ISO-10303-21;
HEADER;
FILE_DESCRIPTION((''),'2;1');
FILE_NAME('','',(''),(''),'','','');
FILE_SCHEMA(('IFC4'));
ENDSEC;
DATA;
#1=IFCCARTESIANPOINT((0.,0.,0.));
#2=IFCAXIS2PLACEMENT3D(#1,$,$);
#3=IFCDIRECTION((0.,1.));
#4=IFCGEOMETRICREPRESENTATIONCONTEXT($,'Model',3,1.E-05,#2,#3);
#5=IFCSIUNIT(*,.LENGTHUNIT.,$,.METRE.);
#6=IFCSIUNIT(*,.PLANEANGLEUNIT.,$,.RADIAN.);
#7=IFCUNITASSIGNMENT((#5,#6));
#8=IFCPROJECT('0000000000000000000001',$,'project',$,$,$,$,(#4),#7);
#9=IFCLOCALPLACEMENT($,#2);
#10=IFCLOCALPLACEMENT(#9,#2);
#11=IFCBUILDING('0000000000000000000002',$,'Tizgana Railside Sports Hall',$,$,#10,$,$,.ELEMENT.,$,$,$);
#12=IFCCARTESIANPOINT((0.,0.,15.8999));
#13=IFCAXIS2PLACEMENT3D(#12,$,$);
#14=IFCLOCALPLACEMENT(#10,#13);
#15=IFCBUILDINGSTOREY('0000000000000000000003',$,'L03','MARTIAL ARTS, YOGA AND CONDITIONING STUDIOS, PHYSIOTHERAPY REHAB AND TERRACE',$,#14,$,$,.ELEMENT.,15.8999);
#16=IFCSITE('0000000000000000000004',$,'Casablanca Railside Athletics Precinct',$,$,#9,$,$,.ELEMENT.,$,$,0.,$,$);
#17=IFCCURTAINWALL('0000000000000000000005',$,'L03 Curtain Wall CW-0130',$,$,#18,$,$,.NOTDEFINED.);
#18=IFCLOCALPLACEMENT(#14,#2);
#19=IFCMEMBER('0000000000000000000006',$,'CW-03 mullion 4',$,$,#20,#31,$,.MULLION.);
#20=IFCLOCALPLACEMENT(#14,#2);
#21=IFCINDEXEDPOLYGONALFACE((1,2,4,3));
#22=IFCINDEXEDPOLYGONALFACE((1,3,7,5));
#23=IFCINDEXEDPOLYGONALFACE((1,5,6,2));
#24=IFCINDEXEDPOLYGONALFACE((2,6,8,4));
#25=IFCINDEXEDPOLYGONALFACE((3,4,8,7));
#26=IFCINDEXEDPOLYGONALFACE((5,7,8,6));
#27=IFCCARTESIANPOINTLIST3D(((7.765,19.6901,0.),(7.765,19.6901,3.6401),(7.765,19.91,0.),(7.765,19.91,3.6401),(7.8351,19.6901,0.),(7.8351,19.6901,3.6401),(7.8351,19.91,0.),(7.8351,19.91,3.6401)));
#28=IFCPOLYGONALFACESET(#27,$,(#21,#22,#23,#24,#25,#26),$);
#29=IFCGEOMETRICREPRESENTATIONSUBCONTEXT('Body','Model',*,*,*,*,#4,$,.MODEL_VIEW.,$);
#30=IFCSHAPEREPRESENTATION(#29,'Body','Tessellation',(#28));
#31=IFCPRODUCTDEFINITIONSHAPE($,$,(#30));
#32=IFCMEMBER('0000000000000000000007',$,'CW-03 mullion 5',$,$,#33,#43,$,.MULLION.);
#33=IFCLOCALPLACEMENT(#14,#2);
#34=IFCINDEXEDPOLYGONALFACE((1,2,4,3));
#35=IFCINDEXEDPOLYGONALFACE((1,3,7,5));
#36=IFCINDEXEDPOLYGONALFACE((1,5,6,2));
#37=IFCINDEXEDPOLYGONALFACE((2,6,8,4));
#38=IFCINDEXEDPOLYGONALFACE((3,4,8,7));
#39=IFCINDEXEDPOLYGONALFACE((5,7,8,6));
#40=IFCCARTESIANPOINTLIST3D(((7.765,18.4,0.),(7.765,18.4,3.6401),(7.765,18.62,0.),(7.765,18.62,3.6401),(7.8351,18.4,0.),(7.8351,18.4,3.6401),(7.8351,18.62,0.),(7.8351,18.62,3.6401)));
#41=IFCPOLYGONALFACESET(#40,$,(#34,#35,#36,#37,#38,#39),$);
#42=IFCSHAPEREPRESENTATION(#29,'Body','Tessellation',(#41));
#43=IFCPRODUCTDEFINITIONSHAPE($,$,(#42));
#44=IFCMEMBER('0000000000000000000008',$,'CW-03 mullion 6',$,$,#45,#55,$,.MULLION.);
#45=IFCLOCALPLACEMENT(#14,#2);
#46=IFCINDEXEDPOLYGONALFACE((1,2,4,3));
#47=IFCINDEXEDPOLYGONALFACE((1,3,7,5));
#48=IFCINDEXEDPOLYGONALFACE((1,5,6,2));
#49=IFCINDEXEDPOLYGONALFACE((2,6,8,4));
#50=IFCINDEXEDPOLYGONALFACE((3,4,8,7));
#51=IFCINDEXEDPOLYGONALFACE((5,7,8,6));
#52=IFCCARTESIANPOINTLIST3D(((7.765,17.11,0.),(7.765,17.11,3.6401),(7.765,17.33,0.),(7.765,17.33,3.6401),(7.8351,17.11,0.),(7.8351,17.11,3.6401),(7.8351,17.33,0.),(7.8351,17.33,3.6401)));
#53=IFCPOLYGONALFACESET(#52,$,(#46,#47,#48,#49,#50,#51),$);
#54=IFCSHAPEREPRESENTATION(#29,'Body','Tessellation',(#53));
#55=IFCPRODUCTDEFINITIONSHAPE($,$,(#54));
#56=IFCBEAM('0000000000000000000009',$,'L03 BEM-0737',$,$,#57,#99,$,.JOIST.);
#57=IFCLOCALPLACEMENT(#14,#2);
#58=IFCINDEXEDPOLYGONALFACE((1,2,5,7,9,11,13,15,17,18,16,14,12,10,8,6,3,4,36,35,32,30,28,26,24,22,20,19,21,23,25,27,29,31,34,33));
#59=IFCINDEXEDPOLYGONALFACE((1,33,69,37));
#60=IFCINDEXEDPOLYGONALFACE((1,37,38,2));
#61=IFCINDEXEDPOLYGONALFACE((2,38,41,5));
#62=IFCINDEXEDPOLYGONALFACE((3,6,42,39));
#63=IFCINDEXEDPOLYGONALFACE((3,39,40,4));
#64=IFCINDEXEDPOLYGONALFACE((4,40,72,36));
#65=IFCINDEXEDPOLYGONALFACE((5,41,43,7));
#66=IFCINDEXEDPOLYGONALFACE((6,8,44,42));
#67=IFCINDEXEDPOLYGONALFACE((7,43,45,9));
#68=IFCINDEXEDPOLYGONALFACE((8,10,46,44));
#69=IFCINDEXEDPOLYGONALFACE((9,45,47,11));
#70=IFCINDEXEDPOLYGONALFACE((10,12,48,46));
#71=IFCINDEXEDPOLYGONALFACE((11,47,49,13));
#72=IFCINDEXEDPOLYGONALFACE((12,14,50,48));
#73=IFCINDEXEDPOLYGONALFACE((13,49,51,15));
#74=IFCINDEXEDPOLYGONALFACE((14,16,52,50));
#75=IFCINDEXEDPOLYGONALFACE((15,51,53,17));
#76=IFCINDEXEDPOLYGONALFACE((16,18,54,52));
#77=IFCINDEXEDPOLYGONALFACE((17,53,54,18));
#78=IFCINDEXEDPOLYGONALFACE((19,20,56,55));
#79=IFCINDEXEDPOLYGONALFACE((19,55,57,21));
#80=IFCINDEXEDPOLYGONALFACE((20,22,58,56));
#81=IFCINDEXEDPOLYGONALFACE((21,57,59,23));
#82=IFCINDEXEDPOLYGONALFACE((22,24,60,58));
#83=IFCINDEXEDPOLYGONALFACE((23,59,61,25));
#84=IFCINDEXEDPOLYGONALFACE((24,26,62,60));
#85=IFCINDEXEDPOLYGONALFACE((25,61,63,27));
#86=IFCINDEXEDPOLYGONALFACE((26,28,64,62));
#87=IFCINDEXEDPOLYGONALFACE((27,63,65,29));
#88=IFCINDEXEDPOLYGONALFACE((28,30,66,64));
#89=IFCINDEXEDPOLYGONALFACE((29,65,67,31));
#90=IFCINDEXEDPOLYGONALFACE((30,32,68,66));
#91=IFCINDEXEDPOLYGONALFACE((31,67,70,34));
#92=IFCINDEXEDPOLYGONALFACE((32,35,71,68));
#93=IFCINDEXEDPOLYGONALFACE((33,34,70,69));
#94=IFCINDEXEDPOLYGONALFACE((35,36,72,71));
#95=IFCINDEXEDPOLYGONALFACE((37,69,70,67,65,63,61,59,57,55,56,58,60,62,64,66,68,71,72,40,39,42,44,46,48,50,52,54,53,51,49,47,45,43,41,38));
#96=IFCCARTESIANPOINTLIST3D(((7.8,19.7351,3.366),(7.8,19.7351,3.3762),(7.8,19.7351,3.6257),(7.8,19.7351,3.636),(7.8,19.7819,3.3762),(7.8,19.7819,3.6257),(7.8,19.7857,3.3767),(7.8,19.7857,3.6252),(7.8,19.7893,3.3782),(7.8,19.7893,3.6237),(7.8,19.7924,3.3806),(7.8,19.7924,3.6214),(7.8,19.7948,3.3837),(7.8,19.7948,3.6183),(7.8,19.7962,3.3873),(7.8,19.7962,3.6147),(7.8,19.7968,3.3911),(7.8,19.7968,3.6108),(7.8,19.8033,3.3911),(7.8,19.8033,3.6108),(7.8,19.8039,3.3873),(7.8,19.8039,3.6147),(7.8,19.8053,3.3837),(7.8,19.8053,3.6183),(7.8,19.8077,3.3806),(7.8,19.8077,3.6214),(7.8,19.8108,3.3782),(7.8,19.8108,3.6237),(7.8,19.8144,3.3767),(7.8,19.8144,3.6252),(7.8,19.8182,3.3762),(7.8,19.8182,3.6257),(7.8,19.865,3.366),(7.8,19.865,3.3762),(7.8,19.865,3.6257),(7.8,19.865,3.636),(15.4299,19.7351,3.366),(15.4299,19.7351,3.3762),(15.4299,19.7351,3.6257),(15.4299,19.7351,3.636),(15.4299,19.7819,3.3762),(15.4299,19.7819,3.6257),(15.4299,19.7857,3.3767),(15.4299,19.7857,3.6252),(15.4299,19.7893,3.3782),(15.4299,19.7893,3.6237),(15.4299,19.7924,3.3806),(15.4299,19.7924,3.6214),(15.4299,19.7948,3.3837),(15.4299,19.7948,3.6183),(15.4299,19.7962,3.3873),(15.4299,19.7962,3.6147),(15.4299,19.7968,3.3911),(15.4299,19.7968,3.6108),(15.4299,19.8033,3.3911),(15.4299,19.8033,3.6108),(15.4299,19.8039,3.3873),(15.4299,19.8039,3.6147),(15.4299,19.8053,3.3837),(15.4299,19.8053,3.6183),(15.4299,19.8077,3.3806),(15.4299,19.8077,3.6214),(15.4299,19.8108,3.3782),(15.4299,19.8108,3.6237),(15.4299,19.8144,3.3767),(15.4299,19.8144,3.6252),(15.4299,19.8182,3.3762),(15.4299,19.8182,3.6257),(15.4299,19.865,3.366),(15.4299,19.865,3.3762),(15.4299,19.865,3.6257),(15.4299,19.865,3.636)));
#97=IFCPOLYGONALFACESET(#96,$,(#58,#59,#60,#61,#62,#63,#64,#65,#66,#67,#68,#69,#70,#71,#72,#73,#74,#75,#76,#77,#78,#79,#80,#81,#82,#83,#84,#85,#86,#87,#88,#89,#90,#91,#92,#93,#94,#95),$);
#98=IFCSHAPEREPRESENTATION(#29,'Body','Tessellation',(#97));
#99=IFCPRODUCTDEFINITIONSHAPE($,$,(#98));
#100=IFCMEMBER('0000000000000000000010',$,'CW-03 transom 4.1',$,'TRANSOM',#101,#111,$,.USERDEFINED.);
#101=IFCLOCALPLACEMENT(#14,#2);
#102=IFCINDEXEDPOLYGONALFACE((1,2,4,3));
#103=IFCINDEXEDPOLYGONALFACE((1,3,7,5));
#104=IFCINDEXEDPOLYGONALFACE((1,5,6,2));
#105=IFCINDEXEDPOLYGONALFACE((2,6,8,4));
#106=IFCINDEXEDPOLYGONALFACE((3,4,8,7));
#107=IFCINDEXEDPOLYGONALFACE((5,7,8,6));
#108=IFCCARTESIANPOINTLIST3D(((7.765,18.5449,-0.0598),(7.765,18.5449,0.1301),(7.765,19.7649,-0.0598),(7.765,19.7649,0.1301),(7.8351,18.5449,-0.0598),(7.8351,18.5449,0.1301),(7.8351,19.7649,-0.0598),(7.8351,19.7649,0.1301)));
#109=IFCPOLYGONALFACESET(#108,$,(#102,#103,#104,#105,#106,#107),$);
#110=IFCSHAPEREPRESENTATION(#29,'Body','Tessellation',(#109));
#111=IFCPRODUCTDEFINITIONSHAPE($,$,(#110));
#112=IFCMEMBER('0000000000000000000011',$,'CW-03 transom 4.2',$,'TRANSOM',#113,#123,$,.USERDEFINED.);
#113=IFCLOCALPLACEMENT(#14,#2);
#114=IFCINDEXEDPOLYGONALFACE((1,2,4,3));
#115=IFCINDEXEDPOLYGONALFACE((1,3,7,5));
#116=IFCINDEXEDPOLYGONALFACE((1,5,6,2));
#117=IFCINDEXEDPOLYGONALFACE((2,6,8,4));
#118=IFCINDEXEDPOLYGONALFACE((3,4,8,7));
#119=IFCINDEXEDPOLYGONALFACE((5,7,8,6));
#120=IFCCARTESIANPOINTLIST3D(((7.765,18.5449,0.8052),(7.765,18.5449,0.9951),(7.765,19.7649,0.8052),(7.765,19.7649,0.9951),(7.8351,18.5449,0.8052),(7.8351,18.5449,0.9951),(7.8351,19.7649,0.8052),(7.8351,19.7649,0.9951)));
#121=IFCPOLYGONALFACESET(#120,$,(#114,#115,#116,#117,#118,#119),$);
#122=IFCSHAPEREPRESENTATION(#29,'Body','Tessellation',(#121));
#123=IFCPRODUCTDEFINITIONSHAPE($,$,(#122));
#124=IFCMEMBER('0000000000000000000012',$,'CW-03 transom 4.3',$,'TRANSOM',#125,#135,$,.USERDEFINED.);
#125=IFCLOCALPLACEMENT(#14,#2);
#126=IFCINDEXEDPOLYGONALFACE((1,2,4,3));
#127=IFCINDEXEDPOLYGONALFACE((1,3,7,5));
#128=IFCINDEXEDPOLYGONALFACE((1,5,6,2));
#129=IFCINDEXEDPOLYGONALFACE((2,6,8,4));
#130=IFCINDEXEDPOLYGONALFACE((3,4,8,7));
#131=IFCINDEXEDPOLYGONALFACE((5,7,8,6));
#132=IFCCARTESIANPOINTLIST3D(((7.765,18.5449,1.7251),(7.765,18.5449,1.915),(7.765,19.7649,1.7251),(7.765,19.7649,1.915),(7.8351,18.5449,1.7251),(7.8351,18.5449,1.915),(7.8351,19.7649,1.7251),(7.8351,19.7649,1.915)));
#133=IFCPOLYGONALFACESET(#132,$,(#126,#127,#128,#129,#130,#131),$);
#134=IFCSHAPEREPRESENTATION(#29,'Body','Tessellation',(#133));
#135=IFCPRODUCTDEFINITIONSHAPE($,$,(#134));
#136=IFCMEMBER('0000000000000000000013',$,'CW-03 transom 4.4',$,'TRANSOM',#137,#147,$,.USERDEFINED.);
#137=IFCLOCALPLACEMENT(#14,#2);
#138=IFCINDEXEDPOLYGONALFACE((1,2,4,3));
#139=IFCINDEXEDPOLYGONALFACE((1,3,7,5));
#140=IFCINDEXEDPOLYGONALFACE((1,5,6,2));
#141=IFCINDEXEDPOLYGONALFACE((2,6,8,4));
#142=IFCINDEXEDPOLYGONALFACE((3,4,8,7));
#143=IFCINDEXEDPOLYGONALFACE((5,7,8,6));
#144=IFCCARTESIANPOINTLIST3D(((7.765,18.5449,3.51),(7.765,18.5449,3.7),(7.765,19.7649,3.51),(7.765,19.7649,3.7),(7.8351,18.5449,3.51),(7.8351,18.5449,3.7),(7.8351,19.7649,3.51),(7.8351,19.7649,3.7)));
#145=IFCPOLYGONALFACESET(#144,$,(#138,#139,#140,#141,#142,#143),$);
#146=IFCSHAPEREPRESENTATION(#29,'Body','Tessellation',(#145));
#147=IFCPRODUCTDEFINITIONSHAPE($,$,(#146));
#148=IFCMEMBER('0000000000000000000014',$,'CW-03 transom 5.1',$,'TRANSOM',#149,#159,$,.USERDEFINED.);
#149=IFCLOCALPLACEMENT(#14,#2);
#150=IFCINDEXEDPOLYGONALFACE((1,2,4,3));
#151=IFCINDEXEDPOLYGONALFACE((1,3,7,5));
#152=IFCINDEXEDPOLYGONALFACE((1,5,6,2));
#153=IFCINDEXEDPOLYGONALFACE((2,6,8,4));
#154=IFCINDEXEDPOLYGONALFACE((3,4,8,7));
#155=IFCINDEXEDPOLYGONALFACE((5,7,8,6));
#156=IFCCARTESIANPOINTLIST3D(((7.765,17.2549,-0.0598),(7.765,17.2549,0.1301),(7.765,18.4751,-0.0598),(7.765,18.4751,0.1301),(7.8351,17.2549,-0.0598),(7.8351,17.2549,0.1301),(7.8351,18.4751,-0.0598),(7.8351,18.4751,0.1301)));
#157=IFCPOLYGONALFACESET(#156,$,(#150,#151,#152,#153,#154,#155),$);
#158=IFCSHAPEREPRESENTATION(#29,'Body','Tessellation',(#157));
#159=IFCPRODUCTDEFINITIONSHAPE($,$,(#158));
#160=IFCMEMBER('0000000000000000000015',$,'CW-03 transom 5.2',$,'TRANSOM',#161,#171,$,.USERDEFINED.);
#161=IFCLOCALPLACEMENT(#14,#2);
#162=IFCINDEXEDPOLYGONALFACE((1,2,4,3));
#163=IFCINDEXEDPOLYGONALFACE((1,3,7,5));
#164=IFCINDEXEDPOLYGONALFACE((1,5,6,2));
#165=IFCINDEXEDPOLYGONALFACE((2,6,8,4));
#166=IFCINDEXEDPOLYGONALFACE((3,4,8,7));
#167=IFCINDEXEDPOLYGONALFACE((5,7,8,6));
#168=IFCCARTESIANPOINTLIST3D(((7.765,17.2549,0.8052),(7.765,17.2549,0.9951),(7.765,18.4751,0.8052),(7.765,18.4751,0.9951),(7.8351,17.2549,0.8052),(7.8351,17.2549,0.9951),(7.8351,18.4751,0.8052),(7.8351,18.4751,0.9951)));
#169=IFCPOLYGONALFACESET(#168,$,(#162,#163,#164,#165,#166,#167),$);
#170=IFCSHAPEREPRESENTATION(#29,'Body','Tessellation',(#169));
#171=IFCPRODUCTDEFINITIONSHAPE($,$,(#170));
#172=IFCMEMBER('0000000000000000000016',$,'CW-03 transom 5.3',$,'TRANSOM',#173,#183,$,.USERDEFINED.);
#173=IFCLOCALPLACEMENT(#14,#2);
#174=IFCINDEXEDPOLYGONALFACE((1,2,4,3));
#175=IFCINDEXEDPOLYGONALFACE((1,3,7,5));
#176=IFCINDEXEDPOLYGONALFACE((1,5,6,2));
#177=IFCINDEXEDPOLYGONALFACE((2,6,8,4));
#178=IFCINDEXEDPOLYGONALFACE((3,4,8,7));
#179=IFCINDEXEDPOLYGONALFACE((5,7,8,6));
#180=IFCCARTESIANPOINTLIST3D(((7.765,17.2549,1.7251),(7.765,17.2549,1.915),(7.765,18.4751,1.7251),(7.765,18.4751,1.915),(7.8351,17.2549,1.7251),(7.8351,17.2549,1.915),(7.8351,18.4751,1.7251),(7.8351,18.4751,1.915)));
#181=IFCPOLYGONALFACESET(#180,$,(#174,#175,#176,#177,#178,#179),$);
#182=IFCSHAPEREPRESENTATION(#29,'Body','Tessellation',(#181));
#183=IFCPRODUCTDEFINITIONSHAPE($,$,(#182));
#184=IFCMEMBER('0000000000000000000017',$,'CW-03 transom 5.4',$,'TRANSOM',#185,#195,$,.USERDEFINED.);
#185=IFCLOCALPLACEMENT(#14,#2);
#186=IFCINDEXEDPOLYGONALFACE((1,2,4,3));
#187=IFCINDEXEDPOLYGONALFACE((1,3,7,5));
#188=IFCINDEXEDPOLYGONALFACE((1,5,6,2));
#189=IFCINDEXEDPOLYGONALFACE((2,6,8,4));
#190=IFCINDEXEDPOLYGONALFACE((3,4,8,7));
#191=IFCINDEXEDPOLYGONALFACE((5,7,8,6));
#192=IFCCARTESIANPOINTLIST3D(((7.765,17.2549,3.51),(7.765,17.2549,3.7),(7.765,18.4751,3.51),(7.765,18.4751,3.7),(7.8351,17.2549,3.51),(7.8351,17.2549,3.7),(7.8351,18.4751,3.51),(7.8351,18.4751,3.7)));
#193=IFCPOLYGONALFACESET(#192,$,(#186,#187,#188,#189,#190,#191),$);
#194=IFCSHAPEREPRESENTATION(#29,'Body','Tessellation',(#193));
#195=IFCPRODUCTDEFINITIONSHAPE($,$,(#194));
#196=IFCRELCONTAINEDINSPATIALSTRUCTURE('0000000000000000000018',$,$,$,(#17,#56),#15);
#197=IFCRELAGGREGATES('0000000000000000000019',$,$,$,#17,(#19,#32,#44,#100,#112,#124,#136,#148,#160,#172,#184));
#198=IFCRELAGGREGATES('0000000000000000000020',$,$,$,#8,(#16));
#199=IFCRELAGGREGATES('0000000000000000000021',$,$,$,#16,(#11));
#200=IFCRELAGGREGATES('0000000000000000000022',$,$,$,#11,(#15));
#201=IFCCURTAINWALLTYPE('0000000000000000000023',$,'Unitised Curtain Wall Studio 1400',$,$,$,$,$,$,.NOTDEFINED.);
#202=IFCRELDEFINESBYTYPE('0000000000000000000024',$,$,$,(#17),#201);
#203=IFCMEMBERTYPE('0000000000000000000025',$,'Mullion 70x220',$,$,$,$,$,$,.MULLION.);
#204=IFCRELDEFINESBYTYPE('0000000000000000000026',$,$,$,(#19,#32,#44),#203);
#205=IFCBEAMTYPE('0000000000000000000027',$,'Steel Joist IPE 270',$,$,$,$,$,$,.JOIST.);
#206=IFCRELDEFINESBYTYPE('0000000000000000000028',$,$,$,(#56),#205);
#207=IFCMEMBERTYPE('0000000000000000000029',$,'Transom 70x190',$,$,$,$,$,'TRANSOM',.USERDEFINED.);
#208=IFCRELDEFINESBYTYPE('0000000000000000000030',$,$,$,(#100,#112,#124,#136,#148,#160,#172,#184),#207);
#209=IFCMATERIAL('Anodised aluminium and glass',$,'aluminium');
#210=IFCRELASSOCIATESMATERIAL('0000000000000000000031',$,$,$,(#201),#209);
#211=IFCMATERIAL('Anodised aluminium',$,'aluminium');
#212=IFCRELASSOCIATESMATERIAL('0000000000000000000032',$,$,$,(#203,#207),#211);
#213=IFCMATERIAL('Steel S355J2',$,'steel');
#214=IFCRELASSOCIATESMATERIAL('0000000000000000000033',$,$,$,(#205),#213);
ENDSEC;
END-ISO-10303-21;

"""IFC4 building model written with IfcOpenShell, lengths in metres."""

from ifc_helpers import new_model, si_unit, direction, frame, origin, origin_2d, place, context, subcontext, project, spatial, rectangle, i_section, extrude, material, material_profile, profile_set, type_object, element, aggregate, save


model = new_model("IFC4")

# Units and contexts
model_context = context("Model", 3, precision=1e-05, world=origin(), true_north=direction((0.0, 1.0)))
body_context = subcontext(model_context, "Body", "Model", "MODEL_VIEW")
ifc_project = project(units=[si_unit("LENGTHUNIT", "METRE"), si_unit("PLANEANGLEUNIT", "RADIAN")], contexts=[model_context])

# Site, building, storey
site_placement = place(None, origin())
site = spatial("IfcSite", under=ifc_project, at=site_placement, Name="Casablanca Railside Athletics Precinct", CompositionType="ELEMENT", RefElevation=0.0)
building_placement = place(site_placement, origin())
building = spatial("IfcBuilding", under=site, at=building_placement, Name="Tizgana Railside Sports Hall", CompositionType="ELEMENT")
storey_placement = place(building_placement, frame((0.0, 0.0, 15.8999)))
storey = spatial("IfcBuildingStorey", under=building, at=storey_placement, Name="L03", Description="MARTIAL ARTS, YOGA AND CONDITIONING STUDIOS, PHYSIOTHERAPY REHAB AND TERRACE", CompositionType="ELEMENT", Elevation=15.8999)

# Curtain wall, members
ifc_material_1 = material(Name="Anodised aluminium and glass", Category="aluminium")
curtain_wall_type = type_object("IfcCurtainWallType", Name="Unitised Curtain Wall Studio 1400", PredefinedType="NOTDEFINED", material=ifc_material_1)
curtain_wall_placement = place(storey_placement, origin())
curtain_wall = element("IfcCurtainWall", 1, at=curtain_wall_placement, inside=storey, type_object=curtain_wall_type, Name="L03 Curtain Wall CW-0130", PredefinedType="NOTDEFINED")
ifc_material_2 = material(Name="Anodised aluminium", Category="aluminium")
ifc_material_profile_1 = material_profile(ifc_material_2, rectangle(XDim=0.0701, YDim=0.22, at=origin_2d()), Name="Mullion 70x220")
ifc_profile_set_1 = profile_set([ifc_material_profile_1], Name="Anodised aluminium")
member_type_1 = type_object("IfcMemberType", Name="Mullion 70x220", PredefinedType="MULLION", material=ifc_profile_set_1)
member_1_placement = place(storey_placement, frame((7.8, 19.8, 0.0), z_axis=(0.0, 0.0, 1.0), x_axis=(1.0, 0.0, 0.0)))
member_1 = element("IfcMember", 2, at=member_1_placement, type_object=member_type_1, Name="CW-03 mullion 4", PredefinedType="MULLION", context=body_context, shape_type="SweptSolid", body=[
    extrude(rectangle(XDim=0.0701, YDim=0.22, at=origin_2d()), origin(), (0.0, 0.0, 1.0), 3.6401),
])
member_2_placement = place(storey_placement, frame((7.8, 18.51, 0.0), z_axis=(0.0, 0.0, 1.0), x_axis=(1.0, 0.0, 0.0)))
member_2 = element("IfcMember", 3, at=member_2_placement, type_object=member_type_1, Name="CW-03 mullion 5", PredefinedType="MULLION", context=body_context, shape_type="SweptSolid", body=[
    extrude(rectangle(XDim=0.0701, YDim=0.22, at=origin_2d()), origin(), (0.0, 0.0, 1.0), 3.6401),
])
member_3_placement = place(storey_placement, frame((7.8, 17.22, 0.0), z_axis=(0.0, 0.0, 1.0), x_axis=(1.0, 0.0, 0.0)))
member_3 = element("IfcMember", 4, at=member_3_placement, type_object=member_type_1, Name="CW-03 mullion 6", PredefinedType="MULLION", context=body_context, shape_type="SweptSolid", body=[
    extrude(rectangle(XDim=0.0701, YDim=0.22, at=origin_2d()), origin(), (0.0, 0.0, 1.0), 3.6401),
])

# Beam
ifc_material_3 = material(Name="Steel S355J2", Category="steel")
ifc_material_profile_2 = material_profile(ifc_material_3, i_section(OverallWidth=0.1299, OverallDepth=0.27, WebThickness=0.0066, FlangeThickness=0.0103, FilletRadius=0.0149, at=origin_2d()), Name="IPE 270")
ifc_profile_set_2 = profile_set([ifc_material_profile_2], Name="Steel S355J2")
beam_type = type_object("IfcBeamType", Name="Steel Joist IPE 270", PredefinedType="JOIST", material=ifc_profile_set_2)
beam_placement = place(storey_placement, frame((7.8, 19.8, 3.501), z_axis=(1.0, 0.0, 0.0), x_axis=(0.0, 1.0, 0.0)))
element("IfcBeam", 5, at=beam_placement, inside=storey, type_object=beam_type, Name="L03 BEM-0737", PredefinedType="JOIST", context=body_context, shape_type="SweptSolid", body=[
    extrude(i_section(OverallWidth=0.1299, OverallDepth=0.27, WebThickness=0.0066, FlangeThickness=0.0103, FilletRadius=0.0149, at=origin_2d()), origin(), (0.0, 0.0, 1.0), 7.6299),
])

# Members
ifc_material_profile_3 = material_profile(ifc_material_2, rectangle(XDim=0.0701, YDim=0.1899, at=origin_2d()), Name="Transom 70x190")
ifc_profile_set_3 = profile_set([ifc_material_profile_3], Name="Anodised aluminium")
member_type_2 = type_object("IfcMemberType", Name="Transom 70x190", ElementType="TRANSOM", PredefinedType="USERDEFINED", material=ifc_profile_set_3)
member_4_placement = place(storey_placement, frame((7.8, 19.7649, 0.0352), z_axis=(0.0, -1.0, 0.0), x_axis=(1.0, 0.0, 0.0)))
member_4 = element("IfcMember", 6, at=member_4_placement, type_object=member_type_2, Name="CW-03 transom 4.1", ObjectType="TRANSOM", PredefinedType="USERDEFINED", context=body_context, shape_type="SweptSolid", body=[
    extrude(rectangle(XDim=0.0701, YDim=0.1899, at=origin_2d()), origin(), (0.0, 0.0, 1.0), 1.22),
])
member_5_placement = place(storey_placement, frame((7.8, 19.7649, 0.9001), z_axis=(0.0, -1.0, 0.0), x_axis=(1.0, 0.0, 0.0)))
member_5 = element("IfcMember", 7, at=member_5_placement, type_object=member_type_2, Name="CW-03 transom 4.2", ObjectType="TRANSOM", PredefinedType="USERDEFINED", context=body_context, shape_type="SweptSolid", body=[
    extrude(rectangle(XDim=0.0701, YDim=0.1899, at=origin_2d()), origin(), (0.0, 0.0, 1.0), 1.22),
])
member_6_placement = place(storey_placement, frame((7.8, 19.7649, 1.8201), z_axis=(0.0, -1.0, 0.0), x_axis=(1.0, 0.0, 0.0)))
member_6 = element("IfcMember", 8, at=member_6_placement, type_object=member_type_2, Name="CW-03 transom 4.3", ObjectType="TRANSOM", PredefinedType="USERDEFINED", context=body_context, shape_type="SweptSolid", body=[
    extrude(rectangle(XDim=0.0701, YDim=0.1899, at=origin_2d()), origin(), (0.0, 0.0, 1.0), 1.22),
])
member_7_placement = place(storey_placement, frame((7.8, 19.7649, 3.605), z_axis=(0.0, -1.0, 0.0), x_axis=(1.0, 0.0, 0.0)))
member_7 = element("IfcMember", 9, at=member_7_placement, type_object=member_type_2, Name="CW-03 transom 4.4", ObjectType="TRANSOM", PredefinedType="USERDEFINED", context=body_context, shape_type="SweptSolid", body=[
    extrude(rectangle(XDim=0.0701, YDim=0.1899, at=origin_2d()), origin(), (0.0, 0.0, 1.0), 1.22),
])
member_8_placement = place(storey_placement, frame((7.8, 18.4751, 0.0352), z_axis=(0.0, -1.0, 0.0), x_axis=(1.0, 0.0, 0.0)))
member_8 = element("IfcMember", 10, at=member_8_placement, type_object=member_type_2, Name="CW-03 transom 5.1", ObjectType="TRANSOM", PredefinedType="USERDEFINED", context=body_context, shape_type="SweptSolid", body=[
    extrude(rectangle(XDim=0.0701, YDim=0.1899, at=origin_2d()), origin(), (0.0, 0.0, 1.0), 1.2202),
])
member_9_placement = place(storey_placement, frame((7.8, 18.4751, 0.9001), z_axis=(0.0, -1.0, 0.0), x_axis=(1.0, 0.0, 0.0)))
member_9 = element("IfcMember", 11, at=member_9_placement, type_object=member_type_2, Name="CW-03 transom 5.2", ObjectType="TRANSOM", PredefinedType="USERDEFINED", context=body_context, shape_type="SweptSolid", body=[
    extrude(rectangle(XDim=0.0701, YDim=0.1899, at=origin_2d()), origin(), (0.0, 0.0, 1.0), 1.2202),
])
member_10_placement = place(storey_placement, frame((7.8, 18.4751, 1.8201), z_axis=(0.0, -1.0, 0.0), x_axis=(1.0, 0.0, 0.0)))
member_10 = element("IfcMember", 12, at=member_10_placement, type_object=member_type_2, Name="CW-03 transom 5.3", ObjectType="TRANSOM", PredefinedType="USERDEFINED", context=body_context, shape_type="SweptSolid", body=[
    extrude(rectangle(XDim=0.0701, YDim=0.1899, at=origin_2d()), origin(), (0.0, 0.0, 1.0), 1.2202),
])
member_11_placement = place(storey_placement, frame((7.8, 18.4751, 3.605), z_axis=(0.0, -1.0, 0.0), x_axis=(1.0, 0.0, 0.0)))
member_11 = element("IfcMember", 13, at=member_11_placement, type_object=member_type_2, Name="CW-03 transom 5.4", ObjectType="TRANSOM", PredefinedType="USERDEFINED", context=body_context, shape_type="SweptSolid", body=[
    extrude(rectangle(XDim=0.0701, YDim=0.1899, at=origin_2d()), origin(), (0.0, 0.0, 1.0), 1.2202),
])

aggregate(curtain_wall, [member_1, member_2, member_3, member_4, member_5, member_6, member_7, member_8, member_9, member_10, member_11])

save(model, "model.ifc")
